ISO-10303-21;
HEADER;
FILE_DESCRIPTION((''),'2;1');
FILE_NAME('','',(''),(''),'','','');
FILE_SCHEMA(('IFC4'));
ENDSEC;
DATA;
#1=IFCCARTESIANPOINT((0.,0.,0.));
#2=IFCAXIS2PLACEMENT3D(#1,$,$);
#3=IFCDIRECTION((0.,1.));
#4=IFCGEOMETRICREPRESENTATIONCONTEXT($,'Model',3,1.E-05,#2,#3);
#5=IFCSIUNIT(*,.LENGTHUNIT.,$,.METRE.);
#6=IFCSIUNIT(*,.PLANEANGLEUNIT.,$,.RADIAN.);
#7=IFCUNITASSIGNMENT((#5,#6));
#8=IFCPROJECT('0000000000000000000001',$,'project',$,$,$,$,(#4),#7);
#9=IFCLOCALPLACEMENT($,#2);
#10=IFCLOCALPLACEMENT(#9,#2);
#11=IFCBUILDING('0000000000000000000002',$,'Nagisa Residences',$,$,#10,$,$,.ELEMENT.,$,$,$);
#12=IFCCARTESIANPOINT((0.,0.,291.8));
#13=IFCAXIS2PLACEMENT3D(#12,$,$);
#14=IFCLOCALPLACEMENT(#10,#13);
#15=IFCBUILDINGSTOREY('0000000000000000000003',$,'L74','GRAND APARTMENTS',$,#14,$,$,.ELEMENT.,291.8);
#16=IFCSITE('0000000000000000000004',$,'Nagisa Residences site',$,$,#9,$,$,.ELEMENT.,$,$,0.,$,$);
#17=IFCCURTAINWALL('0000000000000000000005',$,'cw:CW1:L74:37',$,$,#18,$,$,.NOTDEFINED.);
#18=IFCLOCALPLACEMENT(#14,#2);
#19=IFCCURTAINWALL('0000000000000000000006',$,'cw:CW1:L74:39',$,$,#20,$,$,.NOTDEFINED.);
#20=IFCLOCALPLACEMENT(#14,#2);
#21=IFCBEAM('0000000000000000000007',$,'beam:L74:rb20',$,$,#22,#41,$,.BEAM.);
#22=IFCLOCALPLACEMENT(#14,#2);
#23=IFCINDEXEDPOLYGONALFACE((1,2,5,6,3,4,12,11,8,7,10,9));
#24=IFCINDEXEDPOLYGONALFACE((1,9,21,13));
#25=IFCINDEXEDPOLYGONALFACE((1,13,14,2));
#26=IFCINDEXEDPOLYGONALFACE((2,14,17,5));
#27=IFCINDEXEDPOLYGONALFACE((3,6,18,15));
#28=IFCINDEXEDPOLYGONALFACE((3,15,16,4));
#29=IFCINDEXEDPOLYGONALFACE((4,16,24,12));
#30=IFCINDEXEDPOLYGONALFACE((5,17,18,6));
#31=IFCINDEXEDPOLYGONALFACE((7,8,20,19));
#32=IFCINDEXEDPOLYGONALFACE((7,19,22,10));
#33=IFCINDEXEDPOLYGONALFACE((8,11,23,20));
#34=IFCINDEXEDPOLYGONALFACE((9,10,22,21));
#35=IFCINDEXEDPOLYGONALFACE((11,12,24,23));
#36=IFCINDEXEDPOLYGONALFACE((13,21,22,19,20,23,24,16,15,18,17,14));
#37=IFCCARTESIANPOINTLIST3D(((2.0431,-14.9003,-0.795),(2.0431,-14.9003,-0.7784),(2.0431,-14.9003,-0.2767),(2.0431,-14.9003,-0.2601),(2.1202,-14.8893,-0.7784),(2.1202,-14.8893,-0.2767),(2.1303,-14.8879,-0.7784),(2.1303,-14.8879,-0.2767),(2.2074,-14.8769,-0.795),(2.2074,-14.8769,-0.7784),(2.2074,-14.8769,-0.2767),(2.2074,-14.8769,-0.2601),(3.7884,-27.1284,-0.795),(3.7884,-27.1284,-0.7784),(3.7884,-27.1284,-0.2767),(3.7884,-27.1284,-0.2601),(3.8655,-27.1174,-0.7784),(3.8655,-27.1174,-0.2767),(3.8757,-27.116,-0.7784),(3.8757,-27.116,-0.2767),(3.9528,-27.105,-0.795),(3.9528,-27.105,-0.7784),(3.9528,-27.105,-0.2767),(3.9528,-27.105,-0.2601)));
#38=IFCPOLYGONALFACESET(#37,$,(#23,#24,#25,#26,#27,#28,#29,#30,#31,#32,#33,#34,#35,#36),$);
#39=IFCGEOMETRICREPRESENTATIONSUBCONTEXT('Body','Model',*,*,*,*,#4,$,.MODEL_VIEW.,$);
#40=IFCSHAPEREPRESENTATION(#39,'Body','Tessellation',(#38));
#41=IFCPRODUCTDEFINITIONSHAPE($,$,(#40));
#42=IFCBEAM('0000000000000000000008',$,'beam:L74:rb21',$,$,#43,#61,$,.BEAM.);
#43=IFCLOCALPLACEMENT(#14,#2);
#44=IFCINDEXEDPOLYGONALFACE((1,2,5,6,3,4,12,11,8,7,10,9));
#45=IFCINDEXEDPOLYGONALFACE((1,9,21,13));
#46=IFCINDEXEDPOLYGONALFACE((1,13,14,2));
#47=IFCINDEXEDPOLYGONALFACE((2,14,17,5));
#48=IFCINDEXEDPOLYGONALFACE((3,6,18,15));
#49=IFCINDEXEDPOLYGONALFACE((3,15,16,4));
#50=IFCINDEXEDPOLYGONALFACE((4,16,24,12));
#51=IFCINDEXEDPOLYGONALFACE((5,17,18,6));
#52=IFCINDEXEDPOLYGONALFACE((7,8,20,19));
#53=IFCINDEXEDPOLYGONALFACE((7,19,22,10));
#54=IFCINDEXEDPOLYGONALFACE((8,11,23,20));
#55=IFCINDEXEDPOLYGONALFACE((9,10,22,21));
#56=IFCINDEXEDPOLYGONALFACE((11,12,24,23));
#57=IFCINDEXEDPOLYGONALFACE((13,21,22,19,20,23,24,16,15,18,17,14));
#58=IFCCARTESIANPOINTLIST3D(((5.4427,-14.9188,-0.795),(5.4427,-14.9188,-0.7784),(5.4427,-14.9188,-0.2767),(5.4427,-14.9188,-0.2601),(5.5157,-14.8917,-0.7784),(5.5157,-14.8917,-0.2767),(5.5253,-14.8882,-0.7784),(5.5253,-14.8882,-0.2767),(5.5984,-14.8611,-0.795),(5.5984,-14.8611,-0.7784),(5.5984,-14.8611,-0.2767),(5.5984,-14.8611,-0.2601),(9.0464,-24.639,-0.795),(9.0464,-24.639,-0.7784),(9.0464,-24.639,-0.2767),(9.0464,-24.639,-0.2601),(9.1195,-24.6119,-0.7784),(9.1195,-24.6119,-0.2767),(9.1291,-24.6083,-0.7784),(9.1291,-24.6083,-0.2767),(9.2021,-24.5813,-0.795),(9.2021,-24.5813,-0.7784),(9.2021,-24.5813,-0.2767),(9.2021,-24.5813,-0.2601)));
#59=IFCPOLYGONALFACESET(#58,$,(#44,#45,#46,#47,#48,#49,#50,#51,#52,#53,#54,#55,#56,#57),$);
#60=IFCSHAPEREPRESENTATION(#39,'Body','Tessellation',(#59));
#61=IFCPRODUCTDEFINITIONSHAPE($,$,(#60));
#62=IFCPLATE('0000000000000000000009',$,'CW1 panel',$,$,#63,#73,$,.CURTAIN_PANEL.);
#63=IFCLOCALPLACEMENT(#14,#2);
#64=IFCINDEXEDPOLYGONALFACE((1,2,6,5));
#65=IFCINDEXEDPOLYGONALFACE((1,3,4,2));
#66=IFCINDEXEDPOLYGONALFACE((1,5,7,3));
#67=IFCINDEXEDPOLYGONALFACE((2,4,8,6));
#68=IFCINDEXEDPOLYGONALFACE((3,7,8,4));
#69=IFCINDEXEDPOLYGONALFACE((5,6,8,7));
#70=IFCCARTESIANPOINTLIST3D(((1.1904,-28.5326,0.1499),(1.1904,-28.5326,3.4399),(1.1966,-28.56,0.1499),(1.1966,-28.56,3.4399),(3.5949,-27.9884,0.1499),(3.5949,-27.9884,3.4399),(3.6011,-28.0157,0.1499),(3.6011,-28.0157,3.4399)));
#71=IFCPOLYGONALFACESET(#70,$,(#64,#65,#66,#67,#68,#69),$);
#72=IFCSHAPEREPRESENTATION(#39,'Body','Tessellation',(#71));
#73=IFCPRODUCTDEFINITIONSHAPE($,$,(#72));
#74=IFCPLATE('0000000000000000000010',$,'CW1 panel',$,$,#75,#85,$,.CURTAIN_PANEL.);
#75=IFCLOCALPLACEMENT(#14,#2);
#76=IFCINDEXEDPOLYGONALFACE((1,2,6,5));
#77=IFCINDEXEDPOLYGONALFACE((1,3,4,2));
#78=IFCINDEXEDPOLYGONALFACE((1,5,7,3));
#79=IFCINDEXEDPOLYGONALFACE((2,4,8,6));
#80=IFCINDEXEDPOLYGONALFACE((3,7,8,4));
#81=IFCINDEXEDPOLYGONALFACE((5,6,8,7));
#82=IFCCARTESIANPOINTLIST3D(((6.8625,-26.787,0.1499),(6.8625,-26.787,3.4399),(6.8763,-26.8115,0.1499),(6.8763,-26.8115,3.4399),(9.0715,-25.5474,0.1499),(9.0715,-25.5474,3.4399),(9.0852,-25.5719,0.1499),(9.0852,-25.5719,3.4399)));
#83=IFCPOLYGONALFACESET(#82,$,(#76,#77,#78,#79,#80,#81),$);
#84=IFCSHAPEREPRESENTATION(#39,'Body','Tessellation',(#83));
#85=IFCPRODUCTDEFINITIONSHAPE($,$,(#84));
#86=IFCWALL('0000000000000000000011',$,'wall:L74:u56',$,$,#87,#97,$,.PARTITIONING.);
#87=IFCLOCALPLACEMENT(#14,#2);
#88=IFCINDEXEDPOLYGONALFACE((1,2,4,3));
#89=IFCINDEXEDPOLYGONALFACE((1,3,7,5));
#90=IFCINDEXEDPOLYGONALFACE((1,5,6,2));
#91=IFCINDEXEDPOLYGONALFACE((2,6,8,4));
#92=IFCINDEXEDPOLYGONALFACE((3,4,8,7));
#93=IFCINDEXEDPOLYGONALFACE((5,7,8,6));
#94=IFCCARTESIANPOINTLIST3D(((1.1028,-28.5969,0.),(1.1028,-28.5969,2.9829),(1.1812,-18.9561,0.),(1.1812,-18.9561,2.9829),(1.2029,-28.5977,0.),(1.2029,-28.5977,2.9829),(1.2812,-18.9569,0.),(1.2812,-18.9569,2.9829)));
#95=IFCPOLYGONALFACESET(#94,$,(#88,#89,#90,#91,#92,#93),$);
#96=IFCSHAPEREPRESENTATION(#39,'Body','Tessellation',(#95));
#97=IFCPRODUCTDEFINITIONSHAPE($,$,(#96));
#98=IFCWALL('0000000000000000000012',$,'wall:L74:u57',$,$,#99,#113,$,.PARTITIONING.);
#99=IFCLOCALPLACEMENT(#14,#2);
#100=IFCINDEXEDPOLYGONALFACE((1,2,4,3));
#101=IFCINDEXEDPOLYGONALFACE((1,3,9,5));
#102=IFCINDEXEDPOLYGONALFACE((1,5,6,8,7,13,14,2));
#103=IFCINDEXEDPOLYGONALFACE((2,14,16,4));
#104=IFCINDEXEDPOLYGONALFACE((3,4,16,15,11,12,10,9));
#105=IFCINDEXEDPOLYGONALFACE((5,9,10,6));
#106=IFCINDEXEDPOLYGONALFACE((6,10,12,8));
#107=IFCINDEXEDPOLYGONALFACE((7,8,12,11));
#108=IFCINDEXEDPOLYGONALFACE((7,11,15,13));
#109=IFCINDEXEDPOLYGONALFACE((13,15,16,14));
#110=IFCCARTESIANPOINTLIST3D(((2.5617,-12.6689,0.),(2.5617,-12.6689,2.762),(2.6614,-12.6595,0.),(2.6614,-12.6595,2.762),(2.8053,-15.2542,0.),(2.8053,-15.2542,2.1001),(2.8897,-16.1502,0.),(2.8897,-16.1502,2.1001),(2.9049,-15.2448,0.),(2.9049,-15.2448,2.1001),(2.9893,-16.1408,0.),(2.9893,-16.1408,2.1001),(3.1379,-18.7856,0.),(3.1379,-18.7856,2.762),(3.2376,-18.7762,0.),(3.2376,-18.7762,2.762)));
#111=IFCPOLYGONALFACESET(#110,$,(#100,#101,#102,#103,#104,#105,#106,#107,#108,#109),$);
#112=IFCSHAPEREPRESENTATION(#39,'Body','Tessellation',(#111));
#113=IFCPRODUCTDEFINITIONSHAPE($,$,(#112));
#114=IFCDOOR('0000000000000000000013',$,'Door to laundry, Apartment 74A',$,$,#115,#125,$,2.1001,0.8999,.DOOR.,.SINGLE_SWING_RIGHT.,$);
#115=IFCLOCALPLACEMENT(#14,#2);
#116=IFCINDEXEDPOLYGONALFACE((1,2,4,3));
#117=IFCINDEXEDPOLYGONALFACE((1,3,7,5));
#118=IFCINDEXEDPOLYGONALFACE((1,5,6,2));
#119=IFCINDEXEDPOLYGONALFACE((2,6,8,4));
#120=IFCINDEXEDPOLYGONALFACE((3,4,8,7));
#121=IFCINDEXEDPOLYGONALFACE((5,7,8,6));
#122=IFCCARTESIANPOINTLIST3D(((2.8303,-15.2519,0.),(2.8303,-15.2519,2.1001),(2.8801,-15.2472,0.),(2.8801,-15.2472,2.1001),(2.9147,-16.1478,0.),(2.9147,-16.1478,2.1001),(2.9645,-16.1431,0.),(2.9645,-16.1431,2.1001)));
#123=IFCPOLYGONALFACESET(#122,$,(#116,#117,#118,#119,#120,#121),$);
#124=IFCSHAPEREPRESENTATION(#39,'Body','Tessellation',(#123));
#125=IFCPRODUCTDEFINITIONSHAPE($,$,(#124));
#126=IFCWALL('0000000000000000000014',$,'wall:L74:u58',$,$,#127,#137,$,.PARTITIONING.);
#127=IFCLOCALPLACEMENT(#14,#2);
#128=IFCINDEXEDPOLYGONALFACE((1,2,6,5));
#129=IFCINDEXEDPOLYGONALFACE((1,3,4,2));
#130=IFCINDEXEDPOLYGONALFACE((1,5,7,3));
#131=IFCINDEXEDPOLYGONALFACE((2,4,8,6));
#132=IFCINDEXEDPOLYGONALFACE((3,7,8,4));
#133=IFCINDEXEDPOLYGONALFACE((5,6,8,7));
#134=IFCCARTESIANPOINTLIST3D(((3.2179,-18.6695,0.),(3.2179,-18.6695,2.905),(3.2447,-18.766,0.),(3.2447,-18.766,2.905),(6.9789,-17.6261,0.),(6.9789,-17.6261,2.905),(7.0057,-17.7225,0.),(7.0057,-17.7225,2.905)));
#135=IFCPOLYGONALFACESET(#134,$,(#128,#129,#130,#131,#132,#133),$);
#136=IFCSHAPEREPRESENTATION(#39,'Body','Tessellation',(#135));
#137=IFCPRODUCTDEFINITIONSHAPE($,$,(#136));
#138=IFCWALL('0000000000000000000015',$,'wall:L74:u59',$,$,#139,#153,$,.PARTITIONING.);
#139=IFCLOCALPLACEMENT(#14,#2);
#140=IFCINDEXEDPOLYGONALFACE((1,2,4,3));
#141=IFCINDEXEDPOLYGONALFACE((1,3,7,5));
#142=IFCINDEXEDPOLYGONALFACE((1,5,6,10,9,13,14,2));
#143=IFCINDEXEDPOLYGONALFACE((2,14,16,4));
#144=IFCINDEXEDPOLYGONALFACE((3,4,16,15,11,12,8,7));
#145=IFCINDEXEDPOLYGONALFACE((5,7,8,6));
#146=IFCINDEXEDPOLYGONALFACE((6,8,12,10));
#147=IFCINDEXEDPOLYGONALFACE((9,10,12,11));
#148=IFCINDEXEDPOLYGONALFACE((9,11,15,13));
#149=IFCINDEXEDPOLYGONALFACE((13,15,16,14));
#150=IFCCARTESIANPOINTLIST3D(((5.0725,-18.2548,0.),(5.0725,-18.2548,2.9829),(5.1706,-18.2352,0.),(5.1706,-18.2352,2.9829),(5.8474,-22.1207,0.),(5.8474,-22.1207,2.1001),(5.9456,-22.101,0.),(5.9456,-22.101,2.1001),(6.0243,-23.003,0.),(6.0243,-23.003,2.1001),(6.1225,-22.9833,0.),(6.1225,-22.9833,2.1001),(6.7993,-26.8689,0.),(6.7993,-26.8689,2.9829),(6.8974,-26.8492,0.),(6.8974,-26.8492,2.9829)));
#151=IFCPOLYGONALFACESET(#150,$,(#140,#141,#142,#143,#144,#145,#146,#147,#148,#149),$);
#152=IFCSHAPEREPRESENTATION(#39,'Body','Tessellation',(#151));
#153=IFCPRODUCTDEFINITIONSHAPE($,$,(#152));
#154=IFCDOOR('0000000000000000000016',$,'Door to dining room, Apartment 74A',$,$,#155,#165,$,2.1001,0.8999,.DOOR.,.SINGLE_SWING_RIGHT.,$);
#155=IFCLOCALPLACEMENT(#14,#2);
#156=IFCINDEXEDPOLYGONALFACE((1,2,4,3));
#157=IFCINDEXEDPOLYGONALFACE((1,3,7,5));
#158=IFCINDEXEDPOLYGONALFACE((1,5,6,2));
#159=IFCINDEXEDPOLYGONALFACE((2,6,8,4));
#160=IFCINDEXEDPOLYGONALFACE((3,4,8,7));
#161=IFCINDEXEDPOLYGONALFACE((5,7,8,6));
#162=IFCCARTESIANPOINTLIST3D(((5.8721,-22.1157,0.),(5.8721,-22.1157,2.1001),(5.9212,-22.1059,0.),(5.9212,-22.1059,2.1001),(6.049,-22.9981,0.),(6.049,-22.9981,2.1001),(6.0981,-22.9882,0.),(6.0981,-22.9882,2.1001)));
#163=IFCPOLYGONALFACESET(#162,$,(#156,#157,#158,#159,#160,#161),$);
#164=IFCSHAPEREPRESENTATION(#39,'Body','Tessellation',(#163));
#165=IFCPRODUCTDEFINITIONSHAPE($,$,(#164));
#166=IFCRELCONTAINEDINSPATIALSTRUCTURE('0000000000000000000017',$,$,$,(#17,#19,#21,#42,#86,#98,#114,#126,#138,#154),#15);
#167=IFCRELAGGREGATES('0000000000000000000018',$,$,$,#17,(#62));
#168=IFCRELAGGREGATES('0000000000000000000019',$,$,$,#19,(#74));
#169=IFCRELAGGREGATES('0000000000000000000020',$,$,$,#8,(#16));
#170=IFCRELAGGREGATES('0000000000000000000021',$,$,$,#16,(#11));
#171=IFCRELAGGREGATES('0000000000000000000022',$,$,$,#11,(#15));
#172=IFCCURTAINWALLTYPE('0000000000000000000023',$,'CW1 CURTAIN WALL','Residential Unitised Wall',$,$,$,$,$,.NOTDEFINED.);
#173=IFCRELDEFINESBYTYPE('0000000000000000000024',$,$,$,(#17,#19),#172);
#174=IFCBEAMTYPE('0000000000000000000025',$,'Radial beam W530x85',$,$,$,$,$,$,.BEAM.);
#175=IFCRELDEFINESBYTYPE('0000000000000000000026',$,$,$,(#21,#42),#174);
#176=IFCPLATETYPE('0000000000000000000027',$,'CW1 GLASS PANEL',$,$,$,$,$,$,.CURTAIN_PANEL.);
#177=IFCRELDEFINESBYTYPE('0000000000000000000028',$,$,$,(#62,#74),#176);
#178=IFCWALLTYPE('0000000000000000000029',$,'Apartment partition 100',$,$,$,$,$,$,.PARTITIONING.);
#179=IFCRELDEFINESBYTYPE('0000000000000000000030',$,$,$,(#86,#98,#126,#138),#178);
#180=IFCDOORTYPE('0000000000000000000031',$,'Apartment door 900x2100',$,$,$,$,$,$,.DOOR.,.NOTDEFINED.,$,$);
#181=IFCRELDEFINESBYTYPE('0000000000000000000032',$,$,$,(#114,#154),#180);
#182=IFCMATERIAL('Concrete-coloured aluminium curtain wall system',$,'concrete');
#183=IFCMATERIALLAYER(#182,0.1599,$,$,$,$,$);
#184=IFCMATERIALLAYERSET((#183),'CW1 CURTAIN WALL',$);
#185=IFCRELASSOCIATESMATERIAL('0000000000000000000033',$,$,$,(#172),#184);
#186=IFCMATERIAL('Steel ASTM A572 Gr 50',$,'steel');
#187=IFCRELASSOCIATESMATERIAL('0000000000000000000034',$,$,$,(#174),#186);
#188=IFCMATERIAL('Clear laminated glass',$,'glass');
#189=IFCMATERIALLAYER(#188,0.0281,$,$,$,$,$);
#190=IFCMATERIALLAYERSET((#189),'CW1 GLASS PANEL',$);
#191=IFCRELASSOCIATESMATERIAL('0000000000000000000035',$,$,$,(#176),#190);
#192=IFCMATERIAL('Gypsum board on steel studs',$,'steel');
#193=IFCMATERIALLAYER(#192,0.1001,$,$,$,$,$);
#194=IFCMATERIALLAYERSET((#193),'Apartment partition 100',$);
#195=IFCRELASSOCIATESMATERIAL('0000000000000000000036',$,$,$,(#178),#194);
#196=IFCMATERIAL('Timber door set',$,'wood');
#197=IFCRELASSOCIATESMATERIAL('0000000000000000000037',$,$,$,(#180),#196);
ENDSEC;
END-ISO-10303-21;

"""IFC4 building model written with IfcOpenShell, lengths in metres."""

from ifc_helpers import new_model, si_unit, direction, frame, frame_2d, origin, origin_2d, place, context, subcontext, project, spatial, rectangle, i_section, extrude, material, layer, layer_set, material_profile, profile_set, type_object, element, fill, aggregate, save


model = new_model("IFC4")

# Units and contexts
model_context = context("Model", 3, precision=1e-05, world=origin(), true_north=direction((0.0, 1.0)))
body_context = subcontext(model_context, "Body", "Model", "MODEL_VIEW")
ifc_project = project(units=[si_unit("LENGTHUNIT", "METRE"), si_unit("PLANEANGLEUNIT", "RADIAN")], contexts=[model_context])

# Site, building, storey
site_placement = place(None, origin())
site = spatial("IfcSite", under=ifc_project, at=site_placement, Name="Nagisa Residences site", CompositionType="ELEMENT", RefElevation=0.0)
building_placement = place(site_placement, origin())
building = spatial("IfcBuilding", under=site, at=building_placement, Name="Nagisa Residences", CompositionType="ELEMENT")
storey_placement = place(building_placement, frame((0.0, 0.0, 291.8)))
storey = spatial("IfcBuildingStorey", under=building, at=storey_placement, Name="L74", Description="GRAND APARTMENTS", CompositionType="ELEMENT", Elevation=291.8)

# Curtain walls
ifc_material_1 = material(Name="Concrete-coloured aluminium curtain wall system", Category="concrete")
ifc_layer_1 = layer(ifc_material_1, 0.1599)
ifc_layer_set_1 = layer_set([ifc_layer_1], Name="CW1 CURTAIN WALL")
curtain_wall_type = type_object("IfcCurtainWallType", Name="CW1 CURTAIN WALL", Description="Residential Unitised Wall", PredefinedType="NOTDEFINED", material=ifc_layer_set_1)
curtain_wall_1_placement = place(storey_placement, origin())
curtain_wall_1 = element("IfcCurtainWall", 1, at=curtain_wall_1_placement, inside=storey, type_object=curtain_wall_type, Name="cw:CW1:L74:37", PredefinedType="NOTDEFINED")
curtain_wall_2_placement = place(storey_placement, origin())
curtain_wall_2 = element("IfcCurtainWall", 2, at=curtain_wall_2_placement, inside=storey, type_object=curtain_wall_type, Name="cw:CW1:L74:39", PredefinedType="NOTDEFINED")

# Beams
ifc_material_2 = material(Name="Steel ASTM A572 Gr 50", Category="steel")
ifc_material_profile_1 = material_profile(ifc_material_2, i_section(OverallWidth=0.166, OverallDepth=0.5349, WebThickness=0.0103, FlangeThickness=0.0166, at=origin_2d()), Name="W530x85")
ifc_profile_set_1 = profile_set([ifc_material_profile_1], Name="Steel ASTM A572 Gr 50")
beam_type_1 = type_object("IfcBeamType", Name="Radial beam W530x85", PredefinedType="BEAM", material=ifc_profile_set_1)
beam_1_placement = place(storey_placement, frame((3.8706, -27.1167, -0.5276), z_axis=(-0.141302, 0.989966, 0.0), x_axis=(-0.989966, -0.141302, 0.0)))
element("IfcBeam", 3, at=beam_1_placement, inside=storey, type_object=beam_type_1, Name="beam:L74:rb20", PredefinedType="BEAM", context=body_context, shape_type="SweptSolid", body=[
    extrude(i_section(OverallWidth=0.166, OverallDepth=0.5349, WebThickness=0.0103, FlangeThickness=0.0166, at=origin_2d()), origin(), (0.0, 0.0, 1.0), 12.3521),
])
beam_2_placement = place(storey_placement, frame((9.1243, -24.6101, -0.5276), z_axis=(-0.347627, 0.937633, 0.0), x_axis=(-0.937633, -0.347627, 0.0)))
element("IfcBeam", 4, at=beam_2_placement, inside=storey, type_object=beam_type_1, Name="beam:L74:rb21", PredefinedType="BEAM", context=body_context, shape_type="SweptSolid", body=[
    extrude(i_section(OverallWidth=0.166, OverallDepth=0.5349, WebThickness=0.0103, FlangeThickness=0.0166, at=origin_2d()), origin(), (0.0, 0.0, 1.0), 10.3667),
])

# Plates
ifc_material_3 = material(Name="Clear laminated glass", Category="glass")
ifc_layer_2 = layer(ifc_material_3, 0.0281)
ifc_layer_set_2 = layer_set([ifc_layer_2], Name="CW1 GLASS PANEL")
plate_type = type_object("IfcPlateType", Name="CW1 GLASS PANEL", PredefinedType="CURTAIN_PANEL", material=ifc_layer_set_2)
plate_1_placement = place(storey_placement, frame((2.3958, -28.2742, 0.1499), z_axis=(0.0, 0.0, 1.0), x_axis=(0.975327, 0.220764, 0.0)))
plate_1 = element("IfcPlate", 5, at=plate_1_placement, type_object=plate_type, Name="CW1 panel", PredefinedType="CURTAIN_PANEL", context=body_context, shape_type="SweptSolid", body=[
    extrude(rectangle(XDim=2.4653, YDim=0.0281, at=origin_2d()), origin(), (0.0, 0.0, 1.0), 3.29),
])
aggregate(curtain_wall_1, [plate_1])
plate_2_placement = place(storey_placement, frame((7.9739, -26.1794, 0.1499), z_axis=(0.0, 0.0, 1.0), x_axis=(0.872072, 0.489377, 0.0)))
plate_2 = element("IfcPlate", 6, at=plate_2_placement, type_object=plate_type, Name="CW1 panel", PredefinedType="CURTAIN_PANEL", context=body_context, shape_type="SweptSolid", body=[
    extrude(rectangle(XDim=2.533, YDim=0.0281, at=origin_2d()), origin(), (0.0, 0.0, 1.0), 3.29),
])
aggregate(curtain_wall_2, [plate_2])

# Wall
ifc_material_4 = material(Name="Gypsum board on steel studs", Category="steel")
ifc_layer_3 = layer(ifc_material_4, 0.1001)
ifc_layer_set_3 = layer_set([ifc_layer_3], Name="Apartment partition 100")
wall_type_1 = type_object("IfcWallType", Name="Apartment partition 100", PredefinedType="PARTITIONING", material=ifc_layer_set_3)
wall_1_placement = place(storey_placement, frame((1.2312, -18.9565, 0.0), z_axis=(0.0, 0.0, 1.0), x_axis=(-0.008129, -0.999967, 0.0)))
element("IfcWall", 7, at=wall_1_placement, inside=storey, type_object=wall_type_1, Name="wall:L74:u56", PredefinedType="PARTITIONING", context=body_context, shape_type="SweptSolid", body=[
    extrude(rectangle(XDim=9.6411, YDim=0.1001, at=frame_2d((4.8206, 0.0))), origin(), (0.0, 0.0, 1.0), 2.9829),
])

# Wall, opening, door
wall_2_placement = place(storey_placement, frame((2.6116, -12.6643, 0.0), z_axis=(0.0, 0.0, 1.0), x_axis=(0.093781, -0.995593, 0.0)))
wall_2 = element("IfcWall", 8, at=wall_2_placement, inside=storey, type_object=wall_type_1, Name="wall:L74:u57", PredefinedType="PARTITIONING", context=body_context, shape_type="SweptSolid", body=[
    extrude(rectangle(XDim=6.1438, YDim=0.1001, at=frame_2d((3.0718, 0.0))), origin(), (0.0, 0.0, 1.0), 2.762),
])
opening_1_placement = place(wall_2_placement, frame((2.5967, 0.0, 0.0)))
opening_1 = element("IfcOpeningElement", 9, at=opening_1_placement, cuts=wall_2, PredefinedType="OPENING", context=body_context, shape_type="SweptSolid", body=[
    extrude(rectangle(XDim=0.8999, YDim=2.1001, at=frame_2d((0.45, 1.05))), frame((0.0, 0.0601, 0.0), z_axis=(0.0, -1.0, 0.0), x_axis=(1.0, 0.0, 0.0)), (0.0, 0.0, 1.0), 0.1201),
])
ifc_material_5 = material(Name="Timber door set", Category="wood")
door_type_1 = type_object("IfcDoorType", Name="Apartment door 900x2100", OperationType="NOTDEFINED", PredefinedType="DOOR", material=ifc_material_5)
door_1_placement = place(opening_1_placement, frame((0.8999, 0.0, 0.0), x_axis=(-1.0, 0.0, 0.0)))
door_1 = element("IfcDoor", 10, at=door_1_placement, inside=storey, type_object=door_type_1, Name="Door to laundry, Apartment 74A", OperationType="SINGLE_SWING_RIGHT", OverallHeight=2.1001, OverallWidth=0.8999, PredefinedType="DOOR", context=body_context, shape_type="SweptSolid", body=[
    extrude(rectangle(XDim=0.8999, YDim=2.1001, at=frame_2d((0.45, 1.05))), frame((0.0, 0.0249, 0.0), z_axis=(0.0, -1.0, 0.0), x_axis=(1.0, 0.0, 0.0)), (0.0, 0.0, 1.0), 0.05),
])
fill(opening_1, door_1)

# Wall
wall_3_placement = place(storey_placement, frame((3.2312, -18.7178, 0.0), z_axis=(0.0, 0.0, 1.0), x_axis=(0.963601, 0.267344, 0.0)))
element("IfcWall", 11, at=wall_3_placement, inside=storey, type_object=wall_type_1, Name="wall:L74:u58", PredefinedType="PARTITIONING", context=body_context, shape_type="SweptSolid", body=[
    extrude(rectangle(XDim=3.9031, YDim=0.1001, at=frame_2d((1.9517, 0.0))), origin(), (0.0, 0.0, 1.0), 2.905),
])

# Wall, opening, door
wall_4_placement = place(storey_placement, frame((5.1216, -18.2451, 0.0), z_axis=(0.0, 0.0, 1.0), x_axis=(0.196554, -0.980493, 0.0)))
wall_4 = element("IfcWall", 12, at=wall_4_placement, inside=storey, type_object=wall_type_1, Name="wall:L74:u59", PredefinedType="PARTITIONING", context=body_context, shape_type="SweptSolid", body=[
    extrude(rectangle(XDim=8.7854, YDim=0.1001, at=frame_2d((4.3926, 0.0))), origin(), (0.0, 0.0, 1.0), 2.9829),
])
opening_2_placement = place(wall_4_placement, frame((3.9426, 0.0, 0.0)))
opening_2 = element("IfcOpeningElement", 13, at=opening_2_placement, cuts=wall_4, PredefinedType="OPENING", context=body_context, shape_type="SweptSolid", body=[
    extrude(rectangle(XDim=0.8999, YDim=2.1001, at=frame_2d((0.45, 1.05))), frame((0.0, 0.0601, 0.0), z_axis=(0.0, -1.0, 0.0), x_axis=(1.0, 0.0, 0.0)), (0.0, 0.0, 1.0), 0.1201),
])
door_2_placement = place(opening_2_placement, frame((0.8999, 0.0, 0.0), x_axis=(-1.0, 0.0, 0.0)))
door_2 = element("IfcDoor", 14, at=door_2_placement, inside=storey, type_object=door_type_1, Name="Door to dining room, Apartment 74A", OperationType="SINGLE_SWING_RIGHT", OverallHeight=2.1001, OverallWidth=0.8999, PredefinedType="DOOR", context=body_context, shape_type="SweptSolid", body=[
    extrude(rectangle(XDim=0.8999, YDim=2.1001, at=frame_2d((0.45, 1.05))), frame((0.0, 0.0249, 0.0), z_axis=(0.0, -1.0, 0.0), x_axis=(1.0, 0.0, 0.0)), (0.0, 0.0, 1.0), 0.05),
])
fill(opening_2, door_2)

save(model, "model.ifc")
